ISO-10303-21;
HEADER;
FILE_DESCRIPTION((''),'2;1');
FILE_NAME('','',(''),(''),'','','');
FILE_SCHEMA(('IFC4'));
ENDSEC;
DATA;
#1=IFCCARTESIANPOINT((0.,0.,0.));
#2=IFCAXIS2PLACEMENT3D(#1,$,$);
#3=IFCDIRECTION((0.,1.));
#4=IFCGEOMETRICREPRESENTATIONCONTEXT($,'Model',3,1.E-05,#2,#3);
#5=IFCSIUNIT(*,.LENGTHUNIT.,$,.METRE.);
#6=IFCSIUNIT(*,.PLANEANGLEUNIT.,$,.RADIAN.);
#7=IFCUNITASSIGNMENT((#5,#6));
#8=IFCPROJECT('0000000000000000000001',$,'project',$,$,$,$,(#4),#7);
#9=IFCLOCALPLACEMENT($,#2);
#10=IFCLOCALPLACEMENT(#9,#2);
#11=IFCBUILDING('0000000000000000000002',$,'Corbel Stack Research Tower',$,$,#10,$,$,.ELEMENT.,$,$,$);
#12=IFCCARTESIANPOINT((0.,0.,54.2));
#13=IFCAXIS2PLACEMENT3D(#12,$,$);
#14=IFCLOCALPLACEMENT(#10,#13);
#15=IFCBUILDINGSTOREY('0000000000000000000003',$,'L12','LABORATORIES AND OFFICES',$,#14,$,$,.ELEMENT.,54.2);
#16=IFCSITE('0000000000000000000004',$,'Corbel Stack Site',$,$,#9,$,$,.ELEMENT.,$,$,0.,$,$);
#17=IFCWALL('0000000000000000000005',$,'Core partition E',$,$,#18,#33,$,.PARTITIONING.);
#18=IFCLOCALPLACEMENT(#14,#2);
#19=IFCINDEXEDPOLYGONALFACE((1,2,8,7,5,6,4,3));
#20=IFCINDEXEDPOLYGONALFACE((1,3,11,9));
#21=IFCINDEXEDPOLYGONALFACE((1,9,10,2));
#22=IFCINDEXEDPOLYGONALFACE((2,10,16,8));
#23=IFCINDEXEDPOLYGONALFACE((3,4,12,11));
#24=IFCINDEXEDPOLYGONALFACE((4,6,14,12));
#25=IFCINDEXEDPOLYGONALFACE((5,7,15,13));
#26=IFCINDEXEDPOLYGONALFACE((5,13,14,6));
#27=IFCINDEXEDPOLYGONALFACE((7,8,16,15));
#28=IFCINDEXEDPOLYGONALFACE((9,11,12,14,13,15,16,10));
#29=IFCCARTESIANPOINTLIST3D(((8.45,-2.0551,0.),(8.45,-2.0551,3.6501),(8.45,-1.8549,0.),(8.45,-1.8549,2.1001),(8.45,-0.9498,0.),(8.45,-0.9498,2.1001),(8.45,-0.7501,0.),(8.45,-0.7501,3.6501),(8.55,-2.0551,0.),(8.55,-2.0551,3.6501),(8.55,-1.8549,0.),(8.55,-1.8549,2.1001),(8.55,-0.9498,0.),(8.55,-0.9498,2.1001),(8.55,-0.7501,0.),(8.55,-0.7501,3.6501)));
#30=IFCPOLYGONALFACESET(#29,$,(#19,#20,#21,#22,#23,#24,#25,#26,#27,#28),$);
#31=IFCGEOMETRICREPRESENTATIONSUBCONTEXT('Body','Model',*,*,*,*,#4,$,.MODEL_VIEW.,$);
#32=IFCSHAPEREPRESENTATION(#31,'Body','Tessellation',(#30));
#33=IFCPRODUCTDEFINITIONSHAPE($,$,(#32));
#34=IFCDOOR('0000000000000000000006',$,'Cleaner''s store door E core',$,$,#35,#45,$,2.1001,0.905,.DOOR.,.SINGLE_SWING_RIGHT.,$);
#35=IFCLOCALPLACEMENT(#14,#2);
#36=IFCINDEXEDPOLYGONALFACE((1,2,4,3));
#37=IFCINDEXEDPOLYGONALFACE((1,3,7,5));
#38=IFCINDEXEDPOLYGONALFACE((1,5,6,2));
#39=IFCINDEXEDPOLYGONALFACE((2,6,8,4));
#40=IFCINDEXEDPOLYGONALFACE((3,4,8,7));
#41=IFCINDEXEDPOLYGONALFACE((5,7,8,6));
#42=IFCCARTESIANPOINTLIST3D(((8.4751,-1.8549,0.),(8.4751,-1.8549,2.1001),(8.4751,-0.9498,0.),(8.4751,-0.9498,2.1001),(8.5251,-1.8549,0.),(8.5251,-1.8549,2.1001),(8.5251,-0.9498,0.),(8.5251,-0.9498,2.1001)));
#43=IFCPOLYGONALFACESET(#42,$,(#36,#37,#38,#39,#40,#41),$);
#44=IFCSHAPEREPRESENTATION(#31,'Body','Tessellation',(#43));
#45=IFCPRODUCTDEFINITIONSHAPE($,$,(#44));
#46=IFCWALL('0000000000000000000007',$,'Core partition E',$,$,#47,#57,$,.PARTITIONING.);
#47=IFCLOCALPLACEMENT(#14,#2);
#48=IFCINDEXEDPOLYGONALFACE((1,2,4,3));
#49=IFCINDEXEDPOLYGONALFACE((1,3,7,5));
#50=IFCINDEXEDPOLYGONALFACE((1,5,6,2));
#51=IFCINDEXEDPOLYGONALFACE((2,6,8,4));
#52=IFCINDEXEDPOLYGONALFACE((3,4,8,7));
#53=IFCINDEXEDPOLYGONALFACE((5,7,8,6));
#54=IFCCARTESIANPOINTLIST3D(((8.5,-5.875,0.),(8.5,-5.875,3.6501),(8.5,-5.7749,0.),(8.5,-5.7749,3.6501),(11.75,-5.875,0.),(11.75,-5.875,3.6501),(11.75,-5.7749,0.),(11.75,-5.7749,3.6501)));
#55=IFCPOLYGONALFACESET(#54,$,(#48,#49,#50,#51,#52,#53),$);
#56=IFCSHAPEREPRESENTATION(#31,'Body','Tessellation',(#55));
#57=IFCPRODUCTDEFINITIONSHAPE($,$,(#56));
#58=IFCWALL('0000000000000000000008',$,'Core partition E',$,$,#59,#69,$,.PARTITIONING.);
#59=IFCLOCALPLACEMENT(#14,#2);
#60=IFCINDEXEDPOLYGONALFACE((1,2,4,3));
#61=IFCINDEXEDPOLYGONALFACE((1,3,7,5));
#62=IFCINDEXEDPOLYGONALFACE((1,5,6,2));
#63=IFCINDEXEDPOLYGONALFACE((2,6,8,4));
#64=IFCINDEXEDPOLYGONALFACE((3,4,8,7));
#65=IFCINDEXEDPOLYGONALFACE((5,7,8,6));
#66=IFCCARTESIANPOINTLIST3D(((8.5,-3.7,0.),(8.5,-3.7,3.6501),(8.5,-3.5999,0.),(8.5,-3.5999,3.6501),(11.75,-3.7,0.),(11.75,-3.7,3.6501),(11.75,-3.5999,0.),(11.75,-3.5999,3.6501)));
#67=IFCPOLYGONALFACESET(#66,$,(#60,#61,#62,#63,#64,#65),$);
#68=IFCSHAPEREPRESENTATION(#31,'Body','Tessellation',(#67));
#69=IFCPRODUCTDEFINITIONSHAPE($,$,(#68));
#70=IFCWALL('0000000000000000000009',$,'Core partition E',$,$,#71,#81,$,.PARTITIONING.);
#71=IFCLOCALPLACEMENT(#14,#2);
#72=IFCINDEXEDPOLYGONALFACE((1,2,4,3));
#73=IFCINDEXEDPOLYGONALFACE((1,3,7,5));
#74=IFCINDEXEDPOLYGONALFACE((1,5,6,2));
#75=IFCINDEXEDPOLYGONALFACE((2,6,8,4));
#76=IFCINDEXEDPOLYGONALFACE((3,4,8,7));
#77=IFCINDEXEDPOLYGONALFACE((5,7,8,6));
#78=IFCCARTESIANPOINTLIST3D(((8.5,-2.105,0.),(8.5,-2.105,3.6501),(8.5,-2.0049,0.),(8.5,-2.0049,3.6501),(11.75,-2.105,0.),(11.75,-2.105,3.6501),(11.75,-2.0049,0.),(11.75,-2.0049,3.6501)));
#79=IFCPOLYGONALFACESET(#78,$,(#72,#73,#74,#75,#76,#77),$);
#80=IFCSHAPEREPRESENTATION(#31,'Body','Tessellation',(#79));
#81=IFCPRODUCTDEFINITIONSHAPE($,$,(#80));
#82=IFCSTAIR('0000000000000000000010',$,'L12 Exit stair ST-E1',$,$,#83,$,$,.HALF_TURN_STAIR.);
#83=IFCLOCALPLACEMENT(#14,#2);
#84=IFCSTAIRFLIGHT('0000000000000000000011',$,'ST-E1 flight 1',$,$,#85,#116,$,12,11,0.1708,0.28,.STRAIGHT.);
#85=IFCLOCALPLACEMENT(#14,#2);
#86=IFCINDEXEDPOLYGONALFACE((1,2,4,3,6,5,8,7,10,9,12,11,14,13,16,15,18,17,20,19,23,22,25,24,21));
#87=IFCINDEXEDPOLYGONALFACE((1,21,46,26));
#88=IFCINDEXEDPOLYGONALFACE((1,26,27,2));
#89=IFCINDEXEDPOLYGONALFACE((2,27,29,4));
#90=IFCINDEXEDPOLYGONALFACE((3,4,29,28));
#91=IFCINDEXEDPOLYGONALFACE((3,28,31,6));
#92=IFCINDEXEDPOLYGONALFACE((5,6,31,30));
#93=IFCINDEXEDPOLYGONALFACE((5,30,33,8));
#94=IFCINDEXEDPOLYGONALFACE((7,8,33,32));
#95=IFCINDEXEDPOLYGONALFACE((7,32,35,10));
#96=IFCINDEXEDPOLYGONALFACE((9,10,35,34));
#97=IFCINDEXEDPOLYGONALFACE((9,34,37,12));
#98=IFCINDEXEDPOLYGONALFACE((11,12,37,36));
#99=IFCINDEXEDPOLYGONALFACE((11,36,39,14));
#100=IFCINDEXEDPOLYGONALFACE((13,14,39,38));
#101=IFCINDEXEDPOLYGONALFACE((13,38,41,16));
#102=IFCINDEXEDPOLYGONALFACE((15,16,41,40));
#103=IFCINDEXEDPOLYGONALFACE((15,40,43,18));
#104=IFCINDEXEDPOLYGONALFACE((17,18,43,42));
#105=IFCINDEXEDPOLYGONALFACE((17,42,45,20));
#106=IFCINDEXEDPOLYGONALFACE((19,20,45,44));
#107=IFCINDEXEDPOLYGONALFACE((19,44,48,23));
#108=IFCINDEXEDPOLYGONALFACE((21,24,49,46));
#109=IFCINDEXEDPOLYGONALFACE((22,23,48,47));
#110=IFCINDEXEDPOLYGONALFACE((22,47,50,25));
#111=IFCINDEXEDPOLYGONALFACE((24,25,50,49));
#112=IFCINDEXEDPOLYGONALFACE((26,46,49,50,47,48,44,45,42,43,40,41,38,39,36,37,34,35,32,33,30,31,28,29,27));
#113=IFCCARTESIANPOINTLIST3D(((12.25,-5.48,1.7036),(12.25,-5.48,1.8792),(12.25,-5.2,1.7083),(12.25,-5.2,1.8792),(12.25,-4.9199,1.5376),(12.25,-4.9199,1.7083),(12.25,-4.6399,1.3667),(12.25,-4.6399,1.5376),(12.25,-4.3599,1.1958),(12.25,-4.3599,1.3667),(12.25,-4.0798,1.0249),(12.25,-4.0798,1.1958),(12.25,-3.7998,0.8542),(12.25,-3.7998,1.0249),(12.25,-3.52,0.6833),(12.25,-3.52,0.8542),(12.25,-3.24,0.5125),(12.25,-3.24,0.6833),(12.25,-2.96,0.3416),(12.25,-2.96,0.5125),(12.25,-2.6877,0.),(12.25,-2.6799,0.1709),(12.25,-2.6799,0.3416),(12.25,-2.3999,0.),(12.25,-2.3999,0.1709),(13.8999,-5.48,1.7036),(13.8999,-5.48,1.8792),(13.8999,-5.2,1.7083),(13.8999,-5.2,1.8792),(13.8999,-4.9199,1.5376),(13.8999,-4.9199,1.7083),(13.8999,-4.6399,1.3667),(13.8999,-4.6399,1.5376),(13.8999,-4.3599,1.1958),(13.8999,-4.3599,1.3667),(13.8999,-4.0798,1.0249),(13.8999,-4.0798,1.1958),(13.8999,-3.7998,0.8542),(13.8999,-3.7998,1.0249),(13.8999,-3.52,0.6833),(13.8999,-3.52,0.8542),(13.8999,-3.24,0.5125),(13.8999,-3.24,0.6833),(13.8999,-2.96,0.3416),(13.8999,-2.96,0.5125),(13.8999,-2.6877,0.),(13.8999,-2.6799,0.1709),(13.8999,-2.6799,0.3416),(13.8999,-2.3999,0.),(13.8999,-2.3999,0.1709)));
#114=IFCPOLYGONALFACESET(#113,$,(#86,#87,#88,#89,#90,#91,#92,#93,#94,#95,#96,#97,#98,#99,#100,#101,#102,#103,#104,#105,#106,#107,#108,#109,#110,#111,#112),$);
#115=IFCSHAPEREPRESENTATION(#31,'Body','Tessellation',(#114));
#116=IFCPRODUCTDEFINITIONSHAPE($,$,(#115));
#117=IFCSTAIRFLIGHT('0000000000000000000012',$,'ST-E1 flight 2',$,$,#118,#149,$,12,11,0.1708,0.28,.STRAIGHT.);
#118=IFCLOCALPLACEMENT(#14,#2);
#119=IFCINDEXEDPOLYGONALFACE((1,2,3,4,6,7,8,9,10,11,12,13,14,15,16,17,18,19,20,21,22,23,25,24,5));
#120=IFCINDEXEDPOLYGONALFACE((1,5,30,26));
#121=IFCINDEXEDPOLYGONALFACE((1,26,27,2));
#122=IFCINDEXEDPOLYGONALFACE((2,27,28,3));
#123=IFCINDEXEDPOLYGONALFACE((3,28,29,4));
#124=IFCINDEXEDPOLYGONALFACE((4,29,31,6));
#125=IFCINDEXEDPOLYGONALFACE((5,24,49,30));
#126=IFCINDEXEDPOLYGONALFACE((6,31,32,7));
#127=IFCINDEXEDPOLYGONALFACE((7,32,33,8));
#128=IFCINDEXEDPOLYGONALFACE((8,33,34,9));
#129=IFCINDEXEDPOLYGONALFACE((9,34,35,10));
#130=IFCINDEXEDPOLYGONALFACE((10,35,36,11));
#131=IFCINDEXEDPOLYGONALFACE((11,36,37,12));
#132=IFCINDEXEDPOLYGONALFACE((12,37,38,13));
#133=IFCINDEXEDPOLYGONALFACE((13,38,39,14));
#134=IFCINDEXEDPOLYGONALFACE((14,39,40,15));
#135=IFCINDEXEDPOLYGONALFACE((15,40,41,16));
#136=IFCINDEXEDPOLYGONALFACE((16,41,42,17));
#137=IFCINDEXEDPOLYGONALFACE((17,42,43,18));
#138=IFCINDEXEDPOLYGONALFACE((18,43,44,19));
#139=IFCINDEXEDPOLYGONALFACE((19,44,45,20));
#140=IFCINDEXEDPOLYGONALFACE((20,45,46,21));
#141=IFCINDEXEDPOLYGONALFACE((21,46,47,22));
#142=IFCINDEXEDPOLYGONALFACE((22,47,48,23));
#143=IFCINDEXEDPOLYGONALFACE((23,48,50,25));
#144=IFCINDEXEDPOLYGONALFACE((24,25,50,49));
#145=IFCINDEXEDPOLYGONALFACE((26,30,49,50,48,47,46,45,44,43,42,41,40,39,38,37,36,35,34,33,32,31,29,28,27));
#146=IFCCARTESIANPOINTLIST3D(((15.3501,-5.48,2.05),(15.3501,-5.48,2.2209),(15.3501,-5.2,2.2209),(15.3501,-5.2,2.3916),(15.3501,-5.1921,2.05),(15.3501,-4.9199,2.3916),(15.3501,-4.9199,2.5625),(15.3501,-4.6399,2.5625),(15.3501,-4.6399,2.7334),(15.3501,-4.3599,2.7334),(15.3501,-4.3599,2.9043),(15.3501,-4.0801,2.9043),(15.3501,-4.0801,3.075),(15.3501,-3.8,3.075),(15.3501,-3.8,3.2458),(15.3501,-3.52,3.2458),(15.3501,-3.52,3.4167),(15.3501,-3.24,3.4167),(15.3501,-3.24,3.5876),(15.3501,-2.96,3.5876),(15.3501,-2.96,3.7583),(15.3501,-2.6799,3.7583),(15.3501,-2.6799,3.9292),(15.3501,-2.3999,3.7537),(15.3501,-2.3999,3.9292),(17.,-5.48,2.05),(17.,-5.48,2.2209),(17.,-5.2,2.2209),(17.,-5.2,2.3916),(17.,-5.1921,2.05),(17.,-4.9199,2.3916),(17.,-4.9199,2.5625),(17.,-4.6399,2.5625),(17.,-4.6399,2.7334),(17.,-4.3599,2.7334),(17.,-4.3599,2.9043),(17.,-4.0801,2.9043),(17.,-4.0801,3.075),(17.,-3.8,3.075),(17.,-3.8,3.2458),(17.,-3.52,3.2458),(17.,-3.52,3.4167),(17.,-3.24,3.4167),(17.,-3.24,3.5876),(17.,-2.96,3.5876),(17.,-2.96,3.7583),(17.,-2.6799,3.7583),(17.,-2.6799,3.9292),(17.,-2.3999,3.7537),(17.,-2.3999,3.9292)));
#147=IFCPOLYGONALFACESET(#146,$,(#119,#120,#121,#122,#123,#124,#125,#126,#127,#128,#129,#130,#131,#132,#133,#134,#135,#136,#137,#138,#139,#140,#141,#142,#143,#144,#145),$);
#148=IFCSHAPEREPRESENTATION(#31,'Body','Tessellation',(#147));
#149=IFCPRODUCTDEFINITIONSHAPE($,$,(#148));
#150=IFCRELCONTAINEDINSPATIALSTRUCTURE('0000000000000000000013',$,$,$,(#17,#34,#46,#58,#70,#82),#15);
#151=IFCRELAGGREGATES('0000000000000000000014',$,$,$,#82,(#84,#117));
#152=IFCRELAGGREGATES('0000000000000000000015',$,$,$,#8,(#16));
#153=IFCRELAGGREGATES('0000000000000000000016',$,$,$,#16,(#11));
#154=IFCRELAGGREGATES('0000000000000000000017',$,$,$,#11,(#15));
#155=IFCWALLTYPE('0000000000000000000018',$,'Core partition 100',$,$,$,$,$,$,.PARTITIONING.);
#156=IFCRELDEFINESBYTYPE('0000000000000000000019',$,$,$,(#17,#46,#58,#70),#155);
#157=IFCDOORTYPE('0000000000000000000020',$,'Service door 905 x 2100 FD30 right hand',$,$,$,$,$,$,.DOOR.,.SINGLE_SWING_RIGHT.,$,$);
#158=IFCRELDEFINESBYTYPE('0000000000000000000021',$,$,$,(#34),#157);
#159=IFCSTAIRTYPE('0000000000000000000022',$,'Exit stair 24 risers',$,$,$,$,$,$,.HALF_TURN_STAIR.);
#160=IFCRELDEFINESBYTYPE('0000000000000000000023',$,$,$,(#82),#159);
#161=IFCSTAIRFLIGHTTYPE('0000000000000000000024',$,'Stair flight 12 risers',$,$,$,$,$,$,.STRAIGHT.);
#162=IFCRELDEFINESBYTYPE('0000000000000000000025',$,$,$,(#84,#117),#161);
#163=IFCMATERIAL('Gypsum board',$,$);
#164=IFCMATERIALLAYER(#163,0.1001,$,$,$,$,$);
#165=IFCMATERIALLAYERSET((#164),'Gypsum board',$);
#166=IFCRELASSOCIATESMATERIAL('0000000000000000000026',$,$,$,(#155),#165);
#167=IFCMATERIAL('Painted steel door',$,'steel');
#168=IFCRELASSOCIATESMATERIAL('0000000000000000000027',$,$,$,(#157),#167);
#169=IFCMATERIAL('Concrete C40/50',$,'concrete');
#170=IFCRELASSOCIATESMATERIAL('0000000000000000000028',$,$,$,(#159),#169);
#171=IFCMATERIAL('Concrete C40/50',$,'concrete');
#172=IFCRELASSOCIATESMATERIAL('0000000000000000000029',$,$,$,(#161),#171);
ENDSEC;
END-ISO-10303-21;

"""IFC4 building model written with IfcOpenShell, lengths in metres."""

from ifc_helpers import new_model, si_unit, direction, frame, frame_2d, origin, place, context, subcontext, project, spatial, polyline, rectangle, outline, extrude, material, layer, layer_set, type_object, element, fill, aggregate, save


model = new_model("IFC4")

# Units and contexts
model_context = context("Model", 3, precision=1e-05, world=origin(), true_north=direction((0.0, 1.0)))
body_context = subcontext(model_context, "Body", "Model", "MODEL_VIEW")
ifc_project = project(units=[si_unit("LENGTHUNIT", "METRE"), si_unit("PLANEANGLEUNIT", "RADIAN")], contexts=[model_context])

# Site, building, storey
site_placement = place(None, origin())
site = spatial("IfcSite", under=ifc_project, at=site_placement, Name="Corbel Stack Site", CompositionType="ELEMENT", RefElevation=0.0)
building_placement = place(site_placement, origin())
building = spatial("IfcBuilding", under=site, at=building_placement, Name="Corbel Stack Research Tower", CompositionType="ELEMENT")
storey_placement = place(building_placement, frame((0.0, 0.0, 54.2)))
storey = spatial("IfcBuildingStorey", under=building, at=storey_placement, Name="L12", Description="LABORATORIES AND OFFICES", CompositionType="ELEMENT", Elevation=54.2)

# Wall, opening, door
ifc_material_1 = material(Name="Gypsum board")
ifc_layer_1 = layer(ifc_material_1, 0.1001)
ifc_layer_set_1 = layer_set([ifc_layer_1], Name="Gypsum board")
wall_type_1 = type_object("IfcWallType", Name="Core partition 100", PredefinedType="PARTITIONING", material=ifc_layer_set_1)
wall_1_placement = place(storey_placement, frame((8.5, -2.0549, 0.0), z_axis=(0.0, 0.0, 1.0), x_axis=(0.0, 1.0, 0.0)))
wall_1 = element("IfcWall", 1, at=wall_1_placement, inside=storey, type_object=wall_type_1, Name="Core partition E", PredefinedType="PARTITIONING", context=body_context, shape_type="SweptSolid", body=[
    extrude(rectangle(XDim=1.3049, YDim=0.1001, at=frame_2d((0.6523, 0.0))), origin(), (0.0, 0.0, 1.0), 3.6501),
])
opening_1_placement = place(wall_1_placement, frame((0.2, 0.0, 0.0)))
opening_1 = element("IfcOpeningElement", 2, at=opening_1_placement, cuts=wall_1, PredefinedType="OPENING", context=body_context, shape_type="SweptSolid", body=[
    extrude(rectangle(XDim=0.905, YDim=2.1001, at=frame_2d((0.4526, 1.05))), frame((0.0, 0.0601, 0.0), z_axis=(0.0, -1.0, 0.0), x_axis=(1.0, 0.0, 0.0)), (0.0, 0.0, 1.0), 0.1201),
])
ifc_material_2 = material(Name="Painted steel door", Category="steel")
door_type_1 = type_object("IfcDoorType", Name="Service door 905 x 2100 FD30 right hand", OperationType="SINGLE_SWING_RIGHT", PredefinedType="DOOR", material=ifc_material_2)
door_1_placement = place(opening_1_placement, origin())
door_1 = element("IfcDoor", 3, at=door_1_placement, inside=storey, type_object=door_type_1, Name="Cleaner's store door E core", OperationType="SINGLE_SWING_RIGHT", OverallHeight=2.1001, OverallWidth=0.905, PredefinedType="DOOR", context=body_context, shape_type="SweptSolid", body=[
    extrude(rectangle(XDim=0.905, YDim=2.1001, at=frame_2d((0.4526, 1.05))), frame((0.0, 0.0249, 0.0), z_axis=(0.0, -1.0, 0.0), x_axis=(1.0, 0.0, 0.0)), (0.0, 0.0, 1.0), 0.05),
])
fill(opening_1, door_1)

# Walls
for number, where, z_axis, x_axis, name in (
    (4, (8.5, -5.825, 0.0), (0.0, 0.0, 1.0), (1.0, 0.0, 0.0), "Core partition E"),
    (5, (8.5, -3.6499, 0.0), (0.0, 0.0, 1.0), (1.0, 0.0, 0.0), "Core partition E"),
    (6, (8.5, -2.0549, 0.0), (0.0, 0.0, 1.0), (1.0, 0.0, 0.0), "Core partition E"),
):
    element("IfcWall", number, at=place(storey_placement, frame(where, z_axis=z_axis, x_axis=x_axis)), inside=storey, type_object=wall_type_1, Name=name, PredefinedType="PARTITIONING", context=body_context, shape_type="SweptSolid", body=[
        extrude(rectangle(XDim=3.25, YDim=0.1001, at=frame_2d((1.625, 0.0))), origin(), (0.0, 0.0, 1.0), 3.6501),
    ])

# Stair, stair flights
ifc_material_3 = material(Name="Concrete C40/50", Category="concrete")
stair_type = type_object("IfcStairType", Name="Exit stair 24 risers", PredefinedType="HALF_TURN_STAIR", material=ifc_material_3)
stair_placement = place(storey_placement, origin())
stair = element("IfcStair", 7, at=stair_placement, inside=storey, type_object=stair_type, Name="L12 Exit stair ST-E1", PredefinedType="HALF_TURN_STAIR")
ifc_material_4 = material(Name="Concrete C40/50", Category="concrete")
stair_flight_type = type_object("IfcStairFlightType", Name="Stair flight 12 risers", PredefinedType="STRAIGHT", material=ifc_material_4)
stair_flight_1_placement = place(storey_placement, frame((13.075, -2.3999, 0.0), z_axis=(0.0, 0.0, 1.0), x_axis=(0.0, -1.0, 0.0)))
stair_flight_1 = element("IfcStairFlight", 8, at=stair_flight_1_placement, type_object=stair_flight_type, Name="ST-E1 flight 1", NumberOfRisers=12, NumberOfTreads=11, PredefinedType="STRAIGHT", RiserHeight=0.1708, TreadLength=0.28, context=body_context, shape_type="SweptSolid", body=[
    extrude(outline(polyline([(0.0, 0.0), (0.0, 0.1709), (0.28, 0.1709), (0.28, 0.3416), (0.5601, 0.3416), (0.5601, 0.5125), (0.8401, 0.5125), (0.8401, 0.6833), (1.1201, 0.6833), (1.1201, 0.8542), (1.3999, 0.8542), (1.3999, 1.0249), (1.6799, 1.0249), (1.6799, 1.1958), (1.96, 1.1958), (1.96, 1.3667), (2.24, 1.3667), (2.24, 1.5376), (2.52, 1.5376), (2.52, 1.7083), (2.8, 1.7083), (2.8, 1.8792), (3.0801, 1.8792), (3.0801, 2.05), (3.0801, 1.7036), (0.2878, 0.0), (0.0, 0.0)])), frame((0.0, 0.825, 0.0), z_axis=(0.0, -1.0, 0.0), x_axis=(1.0, 0.0, 0.0)), (0.0, 0.0, 1.0), 1.6499),
])
stair_flight_2_placement = place(storey_placement, frame((16.175, -5.48, 2.05), z_axis=(0.0, 0.0, 1.0), x_axis=(0.0, 1.0, 0.0)))
stair_flight_2 = element("IfcStairFlight", 9, at=stair_flight_2_placement, type_object=stair_flight_type, Name="ST-E1 flight 2", NumberOfRisers=12, NumberOfTreads=11, PredefinedType="STRAIGHT", RiserHeight=0.1708, TreadLength=0.28, context=body_context, shape_type="SweptSolid", body=[
    extrude(outline(polyline([(0.0, 0.0), (0.0, 0.1709), (0.28, 0.1709), (0.28, 0.3416), (0.5601, 0.3416), (0.5601, 0.5125), (0.8401, 0.5125), (0.8401, 0.6833), (1.1201, 0.6833), (1.1201, 0.8542), (1.3999, 0.8542), (1.3999, 1.0249), (1.6799, 1.0249), (1.6799, 1.1958), (1.96, 1.1958), (1.96, 1.3667), (2.24, 1.3667), (2.24, 1.5376), (2.52, 1.5376), (2.52, 1.7083), (2.8, 1.7083), (2.8, 1.8792), (3.0801, 1.8792), (3.0801, 2.05), (3.0801, 1.7036), (0.2878, 0.0), (0.0, 0.0)])), frame((0.0, 0.825, 0.0), z_axis=(0.0, -1.0, 0.0), x_axis=(1.0, 0.0, 0.0)), (0.0, 0.0, 1.0), 1.6499),
])
aggregate(stair, [stair_flight_1, stair_flight_2])

save(model, "model.ifc")
